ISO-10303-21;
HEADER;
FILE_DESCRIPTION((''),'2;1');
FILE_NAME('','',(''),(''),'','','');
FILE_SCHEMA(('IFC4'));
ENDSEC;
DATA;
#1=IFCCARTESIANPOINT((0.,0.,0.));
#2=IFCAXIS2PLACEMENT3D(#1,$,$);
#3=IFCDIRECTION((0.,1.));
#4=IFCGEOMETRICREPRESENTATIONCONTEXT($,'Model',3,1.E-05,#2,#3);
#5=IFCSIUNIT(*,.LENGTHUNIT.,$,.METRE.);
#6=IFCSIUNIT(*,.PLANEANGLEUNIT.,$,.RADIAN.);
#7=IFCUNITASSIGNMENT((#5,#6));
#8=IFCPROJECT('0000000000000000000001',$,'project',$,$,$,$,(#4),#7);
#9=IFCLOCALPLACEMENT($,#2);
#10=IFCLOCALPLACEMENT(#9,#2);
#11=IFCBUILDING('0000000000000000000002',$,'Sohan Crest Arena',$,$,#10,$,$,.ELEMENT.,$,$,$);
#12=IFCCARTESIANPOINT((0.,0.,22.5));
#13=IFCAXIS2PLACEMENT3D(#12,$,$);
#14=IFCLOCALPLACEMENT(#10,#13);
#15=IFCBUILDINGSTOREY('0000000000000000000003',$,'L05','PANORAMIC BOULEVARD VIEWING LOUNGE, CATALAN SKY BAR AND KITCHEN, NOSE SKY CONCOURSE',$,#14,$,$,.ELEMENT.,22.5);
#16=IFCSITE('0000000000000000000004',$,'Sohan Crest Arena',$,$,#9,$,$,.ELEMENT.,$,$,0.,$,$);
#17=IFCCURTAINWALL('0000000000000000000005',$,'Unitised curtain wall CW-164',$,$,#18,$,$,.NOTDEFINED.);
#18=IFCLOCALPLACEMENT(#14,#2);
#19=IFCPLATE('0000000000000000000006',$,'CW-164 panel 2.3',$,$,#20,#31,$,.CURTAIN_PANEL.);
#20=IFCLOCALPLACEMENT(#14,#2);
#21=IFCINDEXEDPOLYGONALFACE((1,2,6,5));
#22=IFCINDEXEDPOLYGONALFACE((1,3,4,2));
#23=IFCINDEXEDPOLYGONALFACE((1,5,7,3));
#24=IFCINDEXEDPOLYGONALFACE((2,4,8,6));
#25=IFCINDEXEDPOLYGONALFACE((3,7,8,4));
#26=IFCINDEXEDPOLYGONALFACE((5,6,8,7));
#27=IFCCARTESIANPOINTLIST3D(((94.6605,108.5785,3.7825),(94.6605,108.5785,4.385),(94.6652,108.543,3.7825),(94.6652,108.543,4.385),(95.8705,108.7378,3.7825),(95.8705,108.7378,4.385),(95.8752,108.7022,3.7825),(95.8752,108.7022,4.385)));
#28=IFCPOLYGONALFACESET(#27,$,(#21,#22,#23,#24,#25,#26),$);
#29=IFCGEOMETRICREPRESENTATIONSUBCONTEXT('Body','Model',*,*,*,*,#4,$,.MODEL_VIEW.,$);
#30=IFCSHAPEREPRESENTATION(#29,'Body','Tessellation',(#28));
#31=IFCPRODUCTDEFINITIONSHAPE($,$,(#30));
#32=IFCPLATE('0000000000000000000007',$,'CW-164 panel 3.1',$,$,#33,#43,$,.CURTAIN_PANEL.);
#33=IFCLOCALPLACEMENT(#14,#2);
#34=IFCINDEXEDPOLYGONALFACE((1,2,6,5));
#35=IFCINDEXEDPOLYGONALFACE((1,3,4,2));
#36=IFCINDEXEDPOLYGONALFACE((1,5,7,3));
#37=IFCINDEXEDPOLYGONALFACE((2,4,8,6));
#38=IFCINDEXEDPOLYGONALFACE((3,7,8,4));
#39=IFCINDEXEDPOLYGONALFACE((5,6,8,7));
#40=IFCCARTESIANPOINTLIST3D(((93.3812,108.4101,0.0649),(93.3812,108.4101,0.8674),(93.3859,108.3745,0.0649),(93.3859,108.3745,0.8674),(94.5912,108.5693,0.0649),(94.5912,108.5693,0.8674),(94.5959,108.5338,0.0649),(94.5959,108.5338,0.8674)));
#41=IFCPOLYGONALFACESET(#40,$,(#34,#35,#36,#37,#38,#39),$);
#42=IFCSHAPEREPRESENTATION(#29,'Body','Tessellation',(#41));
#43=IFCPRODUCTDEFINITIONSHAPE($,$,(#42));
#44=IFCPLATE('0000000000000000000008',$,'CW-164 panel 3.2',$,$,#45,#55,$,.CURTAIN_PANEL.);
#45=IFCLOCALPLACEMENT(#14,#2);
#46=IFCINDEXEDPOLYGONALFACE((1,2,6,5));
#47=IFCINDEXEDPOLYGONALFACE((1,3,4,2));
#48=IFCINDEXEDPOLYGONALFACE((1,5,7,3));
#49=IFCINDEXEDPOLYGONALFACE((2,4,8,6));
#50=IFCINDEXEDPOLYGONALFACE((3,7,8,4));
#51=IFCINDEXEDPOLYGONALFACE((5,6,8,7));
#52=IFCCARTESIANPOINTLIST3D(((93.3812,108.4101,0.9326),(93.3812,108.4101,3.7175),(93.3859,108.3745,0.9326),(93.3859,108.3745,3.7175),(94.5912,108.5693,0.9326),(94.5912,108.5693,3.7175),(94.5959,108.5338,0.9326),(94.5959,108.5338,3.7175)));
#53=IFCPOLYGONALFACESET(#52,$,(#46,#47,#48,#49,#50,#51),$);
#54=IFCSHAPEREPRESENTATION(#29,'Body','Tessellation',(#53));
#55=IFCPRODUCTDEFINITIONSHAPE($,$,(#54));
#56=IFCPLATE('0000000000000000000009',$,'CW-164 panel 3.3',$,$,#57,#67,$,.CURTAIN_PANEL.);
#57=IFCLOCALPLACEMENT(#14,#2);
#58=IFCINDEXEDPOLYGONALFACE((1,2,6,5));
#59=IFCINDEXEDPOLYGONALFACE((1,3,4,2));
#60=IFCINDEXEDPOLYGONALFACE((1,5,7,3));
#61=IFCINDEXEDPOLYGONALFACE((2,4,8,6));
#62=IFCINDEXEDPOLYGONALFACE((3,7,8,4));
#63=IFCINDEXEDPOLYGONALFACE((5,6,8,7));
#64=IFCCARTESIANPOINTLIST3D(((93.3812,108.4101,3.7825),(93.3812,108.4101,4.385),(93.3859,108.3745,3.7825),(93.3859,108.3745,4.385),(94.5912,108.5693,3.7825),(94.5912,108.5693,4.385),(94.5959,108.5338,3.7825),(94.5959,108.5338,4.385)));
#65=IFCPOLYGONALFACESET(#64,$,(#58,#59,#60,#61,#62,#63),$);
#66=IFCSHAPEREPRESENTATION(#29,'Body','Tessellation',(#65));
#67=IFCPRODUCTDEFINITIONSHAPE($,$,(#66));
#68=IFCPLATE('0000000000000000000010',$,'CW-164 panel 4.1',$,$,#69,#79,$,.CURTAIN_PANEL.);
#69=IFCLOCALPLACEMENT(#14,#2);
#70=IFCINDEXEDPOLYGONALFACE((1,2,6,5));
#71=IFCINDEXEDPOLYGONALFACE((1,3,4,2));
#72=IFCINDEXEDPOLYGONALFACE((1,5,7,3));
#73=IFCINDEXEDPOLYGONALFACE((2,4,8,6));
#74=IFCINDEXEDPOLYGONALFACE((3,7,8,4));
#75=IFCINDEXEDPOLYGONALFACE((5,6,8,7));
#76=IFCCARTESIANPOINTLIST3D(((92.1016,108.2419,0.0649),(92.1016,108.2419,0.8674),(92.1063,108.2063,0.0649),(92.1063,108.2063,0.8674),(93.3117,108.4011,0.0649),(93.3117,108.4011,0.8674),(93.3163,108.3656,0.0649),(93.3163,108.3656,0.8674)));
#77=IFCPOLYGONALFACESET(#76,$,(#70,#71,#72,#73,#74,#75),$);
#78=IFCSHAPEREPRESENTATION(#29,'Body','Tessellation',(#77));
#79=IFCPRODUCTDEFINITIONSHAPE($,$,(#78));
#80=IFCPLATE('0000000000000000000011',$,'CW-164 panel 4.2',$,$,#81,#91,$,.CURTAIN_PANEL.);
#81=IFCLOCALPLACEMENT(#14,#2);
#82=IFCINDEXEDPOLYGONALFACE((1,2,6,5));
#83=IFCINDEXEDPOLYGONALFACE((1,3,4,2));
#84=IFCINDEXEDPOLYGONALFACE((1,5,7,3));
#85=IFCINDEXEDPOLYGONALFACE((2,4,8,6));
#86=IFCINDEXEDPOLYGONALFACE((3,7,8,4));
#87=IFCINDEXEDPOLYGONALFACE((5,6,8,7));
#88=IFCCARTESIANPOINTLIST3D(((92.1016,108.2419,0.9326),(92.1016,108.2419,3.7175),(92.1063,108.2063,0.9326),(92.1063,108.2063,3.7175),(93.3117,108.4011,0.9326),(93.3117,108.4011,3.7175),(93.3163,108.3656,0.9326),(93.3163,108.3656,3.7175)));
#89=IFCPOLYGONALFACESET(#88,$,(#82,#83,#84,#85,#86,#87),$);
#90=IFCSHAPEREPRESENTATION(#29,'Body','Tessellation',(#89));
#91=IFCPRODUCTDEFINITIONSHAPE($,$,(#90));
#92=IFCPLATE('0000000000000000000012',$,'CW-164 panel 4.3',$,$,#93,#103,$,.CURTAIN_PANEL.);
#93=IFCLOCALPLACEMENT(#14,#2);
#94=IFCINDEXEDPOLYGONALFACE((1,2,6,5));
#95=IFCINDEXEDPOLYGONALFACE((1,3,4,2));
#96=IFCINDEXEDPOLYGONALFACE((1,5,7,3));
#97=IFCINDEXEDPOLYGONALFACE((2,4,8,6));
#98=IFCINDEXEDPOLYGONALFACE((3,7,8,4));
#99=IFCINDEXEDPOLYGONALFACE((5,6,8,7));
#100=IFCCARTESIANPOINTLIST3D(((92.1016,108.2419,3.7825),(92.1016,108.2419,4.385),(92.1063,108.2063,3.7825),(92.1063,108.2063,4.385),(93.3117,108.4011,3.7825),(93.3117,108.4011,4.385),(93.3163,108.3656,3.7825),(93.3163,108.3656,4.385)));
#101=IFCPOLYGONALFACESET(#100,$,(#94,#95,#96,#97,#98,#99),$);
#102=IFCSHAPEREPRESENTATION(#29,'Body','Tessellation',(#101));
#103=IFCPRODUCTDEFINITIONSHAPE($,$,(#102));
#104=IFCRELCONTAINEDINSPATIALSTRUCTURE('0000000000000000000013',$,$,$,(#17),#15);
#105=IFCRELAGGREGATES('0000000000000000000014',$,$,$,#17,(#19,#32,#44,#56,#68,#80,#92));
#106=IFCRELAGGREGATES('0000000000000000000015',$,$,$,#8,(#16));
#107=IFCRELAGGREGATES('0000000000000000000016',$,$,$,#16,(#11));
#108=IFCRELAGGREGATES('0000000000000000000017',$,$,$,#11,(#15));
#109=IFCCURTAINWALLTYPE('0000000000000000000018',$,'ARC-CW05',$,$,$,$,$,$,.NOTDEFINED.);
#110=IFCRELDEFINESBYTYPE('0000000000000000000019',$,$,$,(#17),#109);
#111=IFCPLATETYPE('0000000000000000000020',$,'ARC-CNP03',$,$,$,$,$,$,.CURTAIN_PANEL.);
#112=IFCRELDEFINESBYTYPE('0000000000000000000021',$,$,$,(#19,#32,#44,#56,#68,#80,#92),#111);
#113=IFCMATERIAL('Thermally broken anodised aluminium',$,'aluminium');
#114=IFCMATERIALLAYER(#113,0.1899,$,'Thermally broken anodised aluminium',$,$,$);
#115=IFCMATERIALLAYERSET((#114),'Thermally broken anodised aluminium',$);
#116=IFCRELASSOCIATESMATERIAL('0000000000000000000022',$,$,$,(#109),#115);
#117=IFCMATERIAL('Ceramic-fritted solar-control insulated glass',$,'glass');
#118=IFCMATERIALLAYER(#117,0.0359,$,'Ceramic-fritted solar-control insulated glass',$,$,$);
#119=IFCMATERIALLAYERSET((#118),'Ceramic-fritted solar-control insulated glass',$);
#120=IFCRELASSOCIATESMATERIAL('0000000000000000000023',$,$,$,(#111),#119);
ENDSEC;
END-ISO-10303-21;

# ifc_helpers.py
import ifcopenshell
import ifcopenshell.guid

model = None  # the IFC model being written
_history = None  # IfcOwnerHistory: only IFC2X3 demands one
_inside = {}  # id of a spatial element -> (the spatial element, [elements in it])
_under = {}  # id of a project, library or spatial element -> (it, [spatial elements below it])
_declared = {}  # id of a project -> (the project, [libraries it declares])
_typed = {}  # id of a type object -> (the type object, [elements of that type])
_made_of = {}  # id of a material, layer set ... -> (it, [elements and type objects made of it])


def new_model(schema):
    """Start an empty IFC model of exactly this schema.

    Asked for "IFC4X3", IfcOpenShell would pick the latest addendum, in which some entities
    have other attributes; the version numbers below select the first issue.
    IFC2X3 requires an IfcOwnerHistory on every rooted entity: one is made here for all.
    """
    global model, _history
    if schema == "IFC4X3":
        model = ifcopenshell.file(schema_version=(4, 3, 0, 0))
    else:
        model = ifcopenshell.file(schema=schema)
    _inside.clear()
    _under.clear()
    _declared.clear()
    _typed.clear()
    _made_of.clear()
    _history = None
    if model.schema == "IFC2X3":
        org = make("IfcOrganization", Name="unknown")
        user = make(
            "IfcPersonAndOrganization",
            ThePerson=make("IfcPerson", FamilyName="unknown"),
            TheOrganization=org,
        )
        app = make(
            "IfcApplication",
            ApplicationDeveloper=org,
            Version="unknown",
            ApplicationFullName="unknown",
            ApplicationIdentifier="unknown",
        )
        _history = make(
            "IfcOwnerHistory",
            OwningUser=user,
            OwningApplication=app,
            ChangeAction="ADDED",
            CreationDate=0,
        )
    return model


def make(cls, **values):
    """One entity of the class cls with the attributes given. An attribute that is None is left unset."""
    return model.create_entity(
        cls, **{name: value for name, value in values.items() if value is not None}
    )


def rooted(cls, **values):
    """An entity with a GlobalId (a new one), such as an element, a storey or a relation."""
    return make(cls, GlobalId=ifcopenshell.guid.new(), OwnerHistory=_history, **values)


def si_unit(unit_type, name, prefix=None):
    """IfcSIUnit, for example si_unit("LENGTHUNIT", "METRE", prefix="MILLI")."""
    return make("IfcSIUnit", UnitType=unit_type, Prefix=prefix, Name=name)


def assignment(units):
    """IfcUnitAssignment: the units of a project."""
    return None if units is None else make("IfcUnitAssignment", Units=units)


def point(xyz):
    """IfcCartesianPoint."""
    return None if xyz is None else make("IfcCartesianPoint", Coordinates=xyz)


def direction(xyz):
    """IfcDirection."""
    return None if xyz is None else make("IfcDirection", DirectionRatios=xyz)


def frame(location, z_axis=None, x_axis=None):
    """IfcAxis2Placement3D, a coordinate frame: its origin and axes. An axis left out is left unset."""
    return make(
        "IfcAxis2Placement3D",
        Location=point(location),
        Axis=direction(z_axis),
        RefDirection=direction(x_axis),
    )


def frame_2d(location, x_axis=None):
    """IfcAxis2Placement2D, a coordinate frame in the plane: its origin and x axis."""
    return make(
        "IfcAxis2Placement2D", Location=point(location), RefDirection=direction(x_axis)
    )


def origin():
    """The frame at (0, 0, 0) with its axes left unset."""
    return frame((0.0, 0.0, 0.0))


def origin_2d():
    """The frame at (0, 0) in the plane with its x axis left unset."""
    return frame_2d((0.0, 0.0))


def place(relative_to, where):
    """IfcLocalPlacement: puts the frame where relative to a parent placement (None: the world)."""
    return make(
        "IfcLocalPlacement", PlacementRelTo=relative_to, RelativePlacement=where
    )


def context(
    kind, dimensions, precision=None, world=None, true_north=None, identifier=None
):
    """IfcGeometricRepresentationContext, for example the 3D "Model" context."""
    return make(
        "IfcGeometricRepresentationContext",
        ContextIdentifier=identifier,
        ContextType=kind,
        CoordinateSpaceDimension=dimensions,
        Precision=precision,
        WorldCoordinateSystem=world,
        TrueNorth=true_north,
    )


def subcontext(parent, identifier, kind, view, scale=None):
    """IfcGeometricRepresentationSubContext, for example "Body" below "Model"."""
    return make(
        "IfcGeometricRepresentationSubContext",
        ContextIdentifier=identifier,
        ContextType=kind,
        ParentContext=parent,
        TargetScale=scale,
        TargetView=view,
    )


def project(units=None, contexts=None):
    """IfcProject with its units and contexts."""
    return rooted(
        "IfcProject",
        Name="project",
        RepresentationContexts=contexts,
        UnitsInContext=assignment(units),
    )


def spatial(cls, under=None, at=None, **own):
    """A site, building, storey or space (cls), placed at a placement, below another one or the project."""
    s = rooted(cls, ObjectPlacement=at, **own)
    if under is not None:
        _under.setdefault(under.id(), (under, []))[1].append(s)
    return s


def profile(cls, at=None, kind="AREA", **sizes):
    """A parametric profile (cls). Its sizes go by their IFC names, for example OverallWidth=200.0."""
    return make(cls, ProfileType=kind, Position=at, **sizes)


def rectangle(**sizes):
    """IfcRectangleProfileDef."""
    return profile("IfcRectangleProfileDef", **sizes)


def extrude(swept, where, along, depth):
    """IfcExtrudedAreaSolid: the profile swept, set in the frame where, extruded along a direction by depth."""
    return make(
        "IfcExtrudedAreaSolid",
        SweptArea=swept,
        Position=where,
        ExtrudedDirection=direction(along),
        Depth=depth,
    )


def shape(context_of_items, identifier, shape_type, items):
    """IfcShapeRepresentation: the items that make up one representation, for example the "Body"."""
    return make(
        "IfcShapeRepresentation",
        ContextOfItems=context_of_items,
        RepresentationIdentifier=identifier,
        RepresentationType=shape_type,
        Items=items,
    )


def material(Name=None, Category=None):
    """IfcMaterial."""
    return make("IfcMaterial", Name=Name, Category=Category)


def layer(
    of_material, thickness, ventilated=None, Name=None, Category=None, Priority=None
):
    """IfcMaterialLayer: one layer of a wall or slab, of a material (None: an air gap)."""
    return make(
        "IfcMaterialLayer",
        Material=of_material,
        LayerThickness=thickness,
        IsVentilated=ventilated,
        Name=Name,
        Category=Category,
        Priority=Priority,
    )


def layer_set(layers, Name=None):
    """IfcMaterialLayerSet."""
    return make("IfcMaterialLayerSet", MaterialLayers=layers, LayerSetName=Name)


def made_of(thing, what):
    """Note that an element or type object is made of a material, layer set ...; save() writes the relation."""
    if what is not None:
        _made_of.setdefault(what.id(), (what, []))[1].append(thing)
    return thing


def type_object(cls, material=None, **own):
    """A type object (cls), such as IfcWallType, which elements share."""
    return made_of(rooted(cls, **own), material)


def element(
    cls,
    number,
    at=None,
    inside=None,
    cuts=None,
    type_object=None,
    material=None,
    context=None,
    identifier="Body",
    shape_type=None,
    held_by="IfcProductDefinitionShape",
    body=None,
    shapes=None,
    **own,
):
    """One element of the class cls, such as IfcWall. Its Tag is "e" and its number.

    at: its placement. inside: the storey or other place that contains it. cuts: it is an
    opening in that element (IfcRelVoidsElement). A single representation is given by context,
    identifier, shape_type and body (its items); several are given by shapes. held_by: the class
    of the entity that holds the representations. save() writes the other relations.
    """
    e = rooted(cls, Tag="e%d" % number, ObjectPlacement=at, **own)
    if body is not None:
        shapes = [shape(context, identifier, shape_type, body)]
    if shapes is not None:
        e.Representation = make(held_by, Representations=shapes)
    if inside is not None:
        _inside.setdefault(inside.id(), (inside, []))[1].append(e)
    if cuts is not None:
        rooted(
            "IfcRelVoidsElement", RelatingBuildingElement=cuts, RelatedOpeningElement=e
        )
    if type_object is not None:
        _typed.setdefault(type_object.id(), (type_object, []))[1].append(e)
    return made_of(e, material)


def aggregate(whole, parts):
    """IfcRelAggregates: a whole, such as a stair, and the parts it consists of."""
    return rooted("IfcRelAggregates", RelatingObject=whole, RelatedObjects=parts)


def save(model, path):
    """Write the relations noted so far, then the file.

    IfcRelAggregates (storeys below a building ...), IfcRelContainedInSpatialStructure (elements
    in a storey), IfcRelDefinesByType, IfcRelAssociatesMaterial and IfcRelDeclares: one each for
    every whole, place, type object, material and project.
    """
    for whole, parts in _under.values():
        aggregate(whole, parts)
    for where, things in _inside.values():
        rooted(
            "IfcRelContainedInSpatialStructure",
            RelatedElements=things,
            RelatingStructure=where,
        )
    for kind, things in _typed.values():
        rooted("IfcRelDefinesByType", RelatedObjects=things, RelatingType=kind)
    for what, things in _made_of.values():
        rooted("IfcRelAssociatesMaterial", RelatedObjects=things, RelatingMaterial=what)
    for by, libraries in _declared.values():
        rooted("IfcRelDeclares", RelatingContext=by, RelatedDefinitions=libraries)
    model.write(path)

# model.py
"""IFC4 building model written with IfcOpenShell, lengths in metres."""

from ifc_helpers import new_model, si_unit, direction, frame, origin, origin_2d, place, context, subcontext, project, spatial, rectangle, extrude, material, layer, layer_set, type_object, element, aggregate, save


model = new_model("IFC4")

# Units and contexts
model_context = context("Model", 3, precision=1e-05, world=origin(), true_north=direction((0.0, 1.0)))
body_context = subcontext(model_context, "Body", "Model", "MODEL_VIEW")
ifc_project = project(units=[si_unit("LENGTHUNIT", "METRE"), si_unit("PLANEANGLEUNIT", "RADIAN")], contexts=[model_context])

# Site, building, storey
site_placement = place(None, origin())
site = spatial("IfcSite", under=ifc_project, at=site_placement, Name="Sohan Crest Arena", CompositionType="ELEMENT", RefElevation=0.0)
building_placement = place(site_placement, origin())
building = spatial("IfcBuilding", under=site, at=building_placement, Name="Sohan Crest Arena", CompositionType="ELEMENT")
storey_placement = place(building_placement, frame((0.0, 0.0, 22.5)))
storey = spatial("IfcBuildingStorey", under=building, at=storey_placement, Name="L05", Description="PANORAMIC BOULEVARD VIEWING LOUNGE, CATALAN SKY BAR AND KITCHEN, NOSE SKY CONCOURSE", CompositionType="ELEMENT", Elevation=22.5)

# Curtain wall, plates
ifc_material_1 = material(Name="Thermally broken anodised aluminium", Category="aluminium")
ifc_layer_1 = layer(ifc_material_1, 0.1899, Name="Thermally broken anodised aluminium")
ifc_layer_set_1 = layer_set([ifc_layer_1], Name="Thermally broken anodised aluminium")
curtain_wall_type = type_object("IfcCurtainWallType", Name="ARC-CW05", PredefinedType="NOTDEFINED", material=ifc_layer_set_1)
curtain_wall_placement = place(storey_placement, origin())
curtain_wall = element("IfcCurtainWall", 1, at=curtain_wall_placement, inside=storey, type_object=curtain_wall_type, Name="Unitised curtain wall CW-164", PredefinedType="NOTDEFINED")
ifc_material_2 = material(Name="Ceramic-fritted solar-control insulated glass", Category="glass")
ifc_layer_2 = layer(ifc_material_2, 0.0359, Name="Ceramic-fritted solar-control insulated glass")
ifc_layer_set_2 = layer_set([ifc_layer_2], Name="Ceramic-fritted solar-control insulated glass")
plate_type = type_object("IfcPlateType", Name="ARC-CNP03", PredefinedType="CURTAIN_PANEL", material=ifc_layer_set_2)
plate_1_placement = place(storey_placement, frame((95.2678, 108.6404, 3.7825), z_axis=(0.0, 0.0, 1.0), x_axis=(-0.991448, -0.130499, 0.0)))
plate_1 = element("IfcPlate", 2, at=plate_1_placement, type_object=plate_type, Name="CW-164 panel 2.3", PredefinedType="CURTAIN_PANEL", context=body_context, shape_type="SweptSolid", body=[
    extrude(rectangle(XDim=1.2205, YDim=0.0359, at=origin_2d()), origin(), (0.0, 0.0, 1.0), 0.6025),
])
plate_2_placement = place(storey_placement, frame((93.9885, 108.4719, 0.0649), z_axis=(0.0, 0.0, 1.0), x_axis=(-0.991448, -0.130499, 0.0)))
plate_2 = element("IfcPlate", 3, at=plate_2_placement, type_object=plate_type, Name="CW-164 panel 3.1", PredefinedType="CURTAIN_PANEL", context=body_context, shape_type="SweptSolid", body=[
    extrude(rectangle(XDim=1.2205, YDim=0.0359, at=origin_2d()), origin(), (0.0, 0.0, 1.0), 0.8025),
])
plate_3_placement = place(storey_placement, frame((93.9885, 108.4719, 0.9326), z_axis=(0.0, 0.0, 1.0), x_axis=(-0.991448, -0.130499, 0.0)))
plate_3 = element("IfcPlate", 4, at=plate_3_placement, type_object=plate_type, Name="CW-164 panel 3.2", PredefinedType="CURTAIN_PANEL", context=body_context, shape_type="SweptSolid", body=[
    extrude(rectangle(XDim=1.2205, YDim=0.0359, at=origin_2d()), origin(), (0.0, 0.0, 1.0), 2.7849),
])
plate_4_placement = place(storey_placement, frame((93.9885, 108.4719, 3.7825), z_axis=(0.0, 0.0, 1.0), x_axis=(-0.991448, -0.130499, 0.0)))
plate_4 = element("IfcPlate", 5, at=plate_4_placement, type_object=plate_type, Name="CW-164 panel 3.3", PredefinedType="CURTAIN_PANEL", context=body_context, shape_type="SweptSolid", body=[
    extrude(rectangle(XDim=1.2205, YDim=0.0359, at=origin_2d()), origin(), (0.0, 0.0, 1.0), 0.6025),
])
plate_5_placement = place(storey_placement, frame((92.709, 108.3037, 0.0649), z_axis=(0.0, 0.0, 1.0), x_axis=(-0.991448, -0.130499, 0.0)))
plate_5 = element("IfcPlate", 6, at=plate_5_placement, type_object=plate_type, Name="CW-164 panel 4.1", PredefinedType="CURTAIN_PANEL", context=body_context, shape_type="SweptSolid", body=[
    extrude(rectangle(XDim=1.2205, YDim=0.0359, at=origin_2d()), origin(), (0.0, 0.0, 1.0), 0.8025),
])
plate_6_placement = place(storey_placement, frame((92.709, 108.3037, 0.9326), z_axis=(0.0, 0.0, 1.0), x_axis=(-0.991448, -0.130499, 0.0)))
plate_6 = element("IfcPlate", 7, at=plate_6_placement, type_object=plate_type, Name="CW-164 panel 4.2", PredefinedType="CURTAIN_PANEL", context=body_context, shape_type="SweptSolid", body=[
    extrude(rectangle(XDim=1.2205, YDim=0.0359, at=origin_2d()), origin(), (0.0, 0.0, 1.0), 2.7849),
])
plate_7_placement = place(storey_placement, frame((92.709, 108.3037, 3.7825), z_axis=(0.0, 0.0, 1.0), x_axis=(-0.991448, -0.130499, 0.0)))
plate_7 = element("IfcPlate", 8, at=plate_7_placement, type_object=plate_type, Name="CW-164 panel 4.3", PredefinedType="CURTAIN_PANEL", context=body_context, shape_type="SweptSolid", body=[
    extrude(rectangle(XDim=1.2205, YDim=0.0359, at=origin_2d()), origin(), (0.0, 0.0, 1.0), 0.6025),
])
aggregate(curtain_wall, [plate_1, plate_2, plate_3, plate_4, plate_5, plate_6, plate_7])

save(model, "model.ifc")
